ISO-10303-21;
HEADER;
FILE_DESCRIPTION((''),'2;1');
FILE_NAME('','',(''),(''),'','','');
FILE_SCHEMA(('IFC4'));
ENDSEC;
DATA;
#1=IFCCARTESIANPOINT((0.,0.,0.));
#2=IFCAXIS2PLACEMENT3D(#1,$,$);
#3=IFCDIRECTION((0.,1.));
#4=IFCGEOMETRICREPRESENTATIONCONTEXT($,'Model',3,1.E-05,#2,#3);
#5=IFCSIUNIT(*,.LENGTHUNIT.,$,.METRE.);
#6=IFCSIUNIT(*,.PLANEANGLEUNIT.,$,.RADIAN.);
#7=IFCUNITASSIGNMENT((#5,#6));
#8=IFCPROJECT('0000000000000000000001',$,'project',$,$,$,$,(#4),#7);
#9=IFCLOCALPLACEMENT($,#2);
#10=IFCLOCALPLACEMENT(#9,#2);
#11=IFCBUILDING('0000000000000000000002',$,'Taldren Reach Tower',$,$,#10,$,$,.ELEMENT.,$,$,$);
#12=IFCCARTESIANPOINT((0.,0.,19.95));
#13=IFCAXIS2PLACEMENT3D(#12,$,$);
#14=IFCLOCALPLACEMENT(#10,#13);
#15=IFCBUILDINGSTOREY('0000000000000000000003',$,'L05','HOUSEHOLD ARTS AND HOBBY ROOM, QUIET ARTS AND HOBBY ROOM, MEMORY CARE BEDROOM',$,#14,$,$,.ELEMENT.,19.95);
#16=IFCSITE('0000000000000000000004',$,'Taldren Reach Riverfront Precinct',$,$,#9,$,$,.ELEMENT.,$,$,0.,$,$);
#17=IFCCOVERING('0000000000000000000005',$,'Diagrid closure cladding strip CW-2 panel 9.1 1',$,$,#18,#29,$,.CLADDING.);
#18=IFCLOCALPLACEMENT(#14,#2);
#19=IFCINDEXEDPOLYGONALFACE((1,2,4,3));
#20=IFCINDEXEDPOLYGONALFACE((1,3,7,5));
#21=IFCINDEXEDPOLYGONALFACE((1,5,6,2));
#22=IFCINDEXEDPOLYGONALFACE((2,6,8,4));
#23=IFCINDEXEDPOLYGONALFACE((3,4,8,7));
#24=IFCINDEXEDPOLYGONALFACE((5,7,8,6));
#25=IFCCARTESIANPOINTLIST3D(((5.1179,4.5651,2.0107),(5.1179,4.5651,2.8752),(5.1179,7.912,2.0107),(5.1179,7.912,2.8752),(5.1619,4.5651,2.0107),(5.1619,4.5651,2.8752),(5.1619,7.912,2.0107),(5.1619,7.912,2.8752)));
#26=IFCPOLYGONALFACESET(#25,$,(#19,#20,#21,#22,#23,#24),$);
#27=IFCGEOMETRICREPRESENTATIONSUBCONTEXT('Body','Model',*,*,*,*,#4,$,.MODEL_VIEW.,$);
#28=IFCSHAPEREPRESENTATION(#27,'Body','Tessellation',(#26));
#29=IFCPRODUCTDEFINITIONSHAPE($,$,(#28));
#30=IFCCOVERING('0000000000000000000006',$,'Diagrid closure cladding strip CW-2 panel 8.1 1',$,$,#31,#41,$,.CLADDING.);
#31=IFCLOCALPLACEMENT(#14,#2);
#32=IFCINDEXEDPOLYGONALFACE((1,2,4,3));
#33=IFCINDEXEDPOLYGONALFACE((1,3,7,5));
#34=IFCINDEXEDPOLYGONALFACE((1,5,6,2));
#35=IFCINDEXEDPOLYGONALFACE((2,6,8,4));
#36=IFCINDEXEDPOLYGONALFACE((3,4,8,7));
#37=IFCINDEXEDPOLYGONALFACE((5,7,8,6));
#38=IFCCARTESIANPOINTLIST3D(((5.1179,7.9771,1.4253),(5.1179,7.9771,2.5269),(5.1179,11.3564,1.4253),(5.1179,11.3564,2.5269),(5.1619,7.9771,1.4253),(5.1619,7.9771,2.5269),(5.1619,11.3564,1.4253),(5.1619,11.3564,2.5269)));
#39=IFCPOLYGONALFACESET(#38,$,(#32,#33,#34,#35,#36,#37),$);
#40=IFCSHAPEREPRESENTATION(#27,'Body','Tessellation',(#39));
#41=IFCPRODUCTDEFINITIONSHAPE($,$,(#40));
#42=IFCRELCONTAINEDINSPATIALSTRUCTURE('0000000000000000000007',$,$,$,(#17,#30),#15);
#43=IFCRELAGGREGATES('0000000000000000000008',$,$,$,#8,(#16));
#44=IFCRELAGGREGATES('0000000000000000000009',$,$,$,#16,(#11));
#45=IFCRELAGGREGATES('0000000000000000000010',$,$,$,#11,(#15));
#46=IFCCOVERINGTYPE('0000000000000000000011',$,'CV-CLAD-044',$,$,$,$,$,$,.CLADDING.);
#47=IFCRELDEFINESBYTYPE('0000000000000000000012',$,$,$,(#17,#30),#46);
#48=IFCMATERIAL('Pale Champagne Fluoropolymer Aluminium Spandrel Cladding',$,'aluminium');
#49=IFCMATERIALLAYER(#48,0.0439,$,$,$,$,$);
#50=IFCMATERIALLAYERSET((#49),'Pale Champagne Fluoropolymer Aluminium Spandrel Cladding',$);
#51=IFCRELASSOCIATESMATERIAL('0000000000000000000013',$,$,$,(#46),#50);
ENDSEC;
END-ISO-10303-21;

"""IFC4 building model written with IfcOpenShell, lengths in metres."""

from ifc_helpers import new_model, si_unit, direction, frame, origin, origin_2d, place, context, subcontext, project, spatial, rectangle, extrude, source, transform, mapped, material, layer, layer_set, type_object, element, save


model = new_model("IFC4")

# Units and contexts
model_context = context("Model", 3, precision=1e-05, world=origin(), true_north=direction((0.0, 1.0)))
body_context = subcontext(model_context, "Body", "Model", "MODEL_VIEW")
ifc_project = project(units=[si_unit("LENGTHUNIT", "METRE"), si_unit("PLANEANGLEUNIT", "RADIAN")], contexts=[model_context])

# Site, building, storey
site_placement = place(None, origin())
site = spatial("IfcSite", under=ifc_project, at=site_placement, Name="Taldren Reach Riverfront Precinct", CompositionType="ELEMENT", RefElevation=0.0)
building_placement = place(site_placement, origin())
building = spatial("IfcBuilding", under=site, at=building_placement, Name="Taldren Reach Tower", CompositionType="ELEMENT")
storey_placement = place(building_placement, frame((0.0, 0.0, 19.95)))
storey = spatial("IfcBuildingStorey", under=building, at=storey_placement, Name="L05", Description="HOUSEHOLD ARTS AND HOBBY ROOM, QUIET ARTS AND HOBBY ROOM, MEMORY CARE BEDROOM", CompositionType="ELEMENT", Elevation=19.95)

# Coverings
ifc_material_1 = material(Name="Pale Champagne Fluoropolymer Aluminium Spandrel Cladding", Category="aluminium")
ifc_layer_1 = layer(ifc_material_1, 0.0439)
ifc_layer_set_1 = layer_set([ifc_layer_1], Name="Pale Champagne Fluoropolymer Aluminium Spandrel Cladding")
covering_type = type_object("IfcCoveringType", Name="CV-CLAD-044", PredefinedType="CLADDING", material=ifc_layer_set_1)
shared_shape_1 = source(origin(), body_context, "Body", "SweptSolid", [
    extrude(rectangle(XDim=3.3469, YDim=0.0439, at=origin_2d()), origin(), (0.0, 0.0, 1.0), 0.8645),
])
covering_1_placement = place(storey_placement, frame((5.1399, 6.2385, 2.0107), z_axis=(0.0, 0.0, 1.0), x_axis=(0.0, -1.0, 0.0)))
element("IfcCovering", 1, at=covering_1_placement, inside=storey, type_object=covering_type, Name="Diagrid closure cladding strip CW-2 panel 9.1 1", PredefinedType="CLADDING", context=body_context, shape_type="MappedRepresentation", body=[
    mapped(shared_shape_1, transform((0.0, 0.0, 0.0), scale=1.0)),
])
shared_shape_2 = source(origin(), body_context, "Body", "SweptSolid", [
    extrude(rectangle(XDim=3.3794, YDim=0.0439, at=origin_2d()), origin(), (0.0, 0.0, 1.0), 1.1016),
])
covering_2_placement = place(storey_placement, frame((5.1399, 9.6667, 1.4253), z_axis=(0.0, 0.0, 1.0), x_axis=(0.0, -1.0, 0.0)))
element("IfcCovering", 2, at=covering_2_placement, inside=storey, type_object=covering_type, Name="Diagrid closure cladding strip CW-2 panel 8.1 1", PredefinedType="CLADDING", context=body_context, shape_type="MappedRepresentation", body=[
    mapped(shared_shape_2, transform((0.0, 0.0, 0.0), scale=1.0)),
])

save(model, "model.ifc")
